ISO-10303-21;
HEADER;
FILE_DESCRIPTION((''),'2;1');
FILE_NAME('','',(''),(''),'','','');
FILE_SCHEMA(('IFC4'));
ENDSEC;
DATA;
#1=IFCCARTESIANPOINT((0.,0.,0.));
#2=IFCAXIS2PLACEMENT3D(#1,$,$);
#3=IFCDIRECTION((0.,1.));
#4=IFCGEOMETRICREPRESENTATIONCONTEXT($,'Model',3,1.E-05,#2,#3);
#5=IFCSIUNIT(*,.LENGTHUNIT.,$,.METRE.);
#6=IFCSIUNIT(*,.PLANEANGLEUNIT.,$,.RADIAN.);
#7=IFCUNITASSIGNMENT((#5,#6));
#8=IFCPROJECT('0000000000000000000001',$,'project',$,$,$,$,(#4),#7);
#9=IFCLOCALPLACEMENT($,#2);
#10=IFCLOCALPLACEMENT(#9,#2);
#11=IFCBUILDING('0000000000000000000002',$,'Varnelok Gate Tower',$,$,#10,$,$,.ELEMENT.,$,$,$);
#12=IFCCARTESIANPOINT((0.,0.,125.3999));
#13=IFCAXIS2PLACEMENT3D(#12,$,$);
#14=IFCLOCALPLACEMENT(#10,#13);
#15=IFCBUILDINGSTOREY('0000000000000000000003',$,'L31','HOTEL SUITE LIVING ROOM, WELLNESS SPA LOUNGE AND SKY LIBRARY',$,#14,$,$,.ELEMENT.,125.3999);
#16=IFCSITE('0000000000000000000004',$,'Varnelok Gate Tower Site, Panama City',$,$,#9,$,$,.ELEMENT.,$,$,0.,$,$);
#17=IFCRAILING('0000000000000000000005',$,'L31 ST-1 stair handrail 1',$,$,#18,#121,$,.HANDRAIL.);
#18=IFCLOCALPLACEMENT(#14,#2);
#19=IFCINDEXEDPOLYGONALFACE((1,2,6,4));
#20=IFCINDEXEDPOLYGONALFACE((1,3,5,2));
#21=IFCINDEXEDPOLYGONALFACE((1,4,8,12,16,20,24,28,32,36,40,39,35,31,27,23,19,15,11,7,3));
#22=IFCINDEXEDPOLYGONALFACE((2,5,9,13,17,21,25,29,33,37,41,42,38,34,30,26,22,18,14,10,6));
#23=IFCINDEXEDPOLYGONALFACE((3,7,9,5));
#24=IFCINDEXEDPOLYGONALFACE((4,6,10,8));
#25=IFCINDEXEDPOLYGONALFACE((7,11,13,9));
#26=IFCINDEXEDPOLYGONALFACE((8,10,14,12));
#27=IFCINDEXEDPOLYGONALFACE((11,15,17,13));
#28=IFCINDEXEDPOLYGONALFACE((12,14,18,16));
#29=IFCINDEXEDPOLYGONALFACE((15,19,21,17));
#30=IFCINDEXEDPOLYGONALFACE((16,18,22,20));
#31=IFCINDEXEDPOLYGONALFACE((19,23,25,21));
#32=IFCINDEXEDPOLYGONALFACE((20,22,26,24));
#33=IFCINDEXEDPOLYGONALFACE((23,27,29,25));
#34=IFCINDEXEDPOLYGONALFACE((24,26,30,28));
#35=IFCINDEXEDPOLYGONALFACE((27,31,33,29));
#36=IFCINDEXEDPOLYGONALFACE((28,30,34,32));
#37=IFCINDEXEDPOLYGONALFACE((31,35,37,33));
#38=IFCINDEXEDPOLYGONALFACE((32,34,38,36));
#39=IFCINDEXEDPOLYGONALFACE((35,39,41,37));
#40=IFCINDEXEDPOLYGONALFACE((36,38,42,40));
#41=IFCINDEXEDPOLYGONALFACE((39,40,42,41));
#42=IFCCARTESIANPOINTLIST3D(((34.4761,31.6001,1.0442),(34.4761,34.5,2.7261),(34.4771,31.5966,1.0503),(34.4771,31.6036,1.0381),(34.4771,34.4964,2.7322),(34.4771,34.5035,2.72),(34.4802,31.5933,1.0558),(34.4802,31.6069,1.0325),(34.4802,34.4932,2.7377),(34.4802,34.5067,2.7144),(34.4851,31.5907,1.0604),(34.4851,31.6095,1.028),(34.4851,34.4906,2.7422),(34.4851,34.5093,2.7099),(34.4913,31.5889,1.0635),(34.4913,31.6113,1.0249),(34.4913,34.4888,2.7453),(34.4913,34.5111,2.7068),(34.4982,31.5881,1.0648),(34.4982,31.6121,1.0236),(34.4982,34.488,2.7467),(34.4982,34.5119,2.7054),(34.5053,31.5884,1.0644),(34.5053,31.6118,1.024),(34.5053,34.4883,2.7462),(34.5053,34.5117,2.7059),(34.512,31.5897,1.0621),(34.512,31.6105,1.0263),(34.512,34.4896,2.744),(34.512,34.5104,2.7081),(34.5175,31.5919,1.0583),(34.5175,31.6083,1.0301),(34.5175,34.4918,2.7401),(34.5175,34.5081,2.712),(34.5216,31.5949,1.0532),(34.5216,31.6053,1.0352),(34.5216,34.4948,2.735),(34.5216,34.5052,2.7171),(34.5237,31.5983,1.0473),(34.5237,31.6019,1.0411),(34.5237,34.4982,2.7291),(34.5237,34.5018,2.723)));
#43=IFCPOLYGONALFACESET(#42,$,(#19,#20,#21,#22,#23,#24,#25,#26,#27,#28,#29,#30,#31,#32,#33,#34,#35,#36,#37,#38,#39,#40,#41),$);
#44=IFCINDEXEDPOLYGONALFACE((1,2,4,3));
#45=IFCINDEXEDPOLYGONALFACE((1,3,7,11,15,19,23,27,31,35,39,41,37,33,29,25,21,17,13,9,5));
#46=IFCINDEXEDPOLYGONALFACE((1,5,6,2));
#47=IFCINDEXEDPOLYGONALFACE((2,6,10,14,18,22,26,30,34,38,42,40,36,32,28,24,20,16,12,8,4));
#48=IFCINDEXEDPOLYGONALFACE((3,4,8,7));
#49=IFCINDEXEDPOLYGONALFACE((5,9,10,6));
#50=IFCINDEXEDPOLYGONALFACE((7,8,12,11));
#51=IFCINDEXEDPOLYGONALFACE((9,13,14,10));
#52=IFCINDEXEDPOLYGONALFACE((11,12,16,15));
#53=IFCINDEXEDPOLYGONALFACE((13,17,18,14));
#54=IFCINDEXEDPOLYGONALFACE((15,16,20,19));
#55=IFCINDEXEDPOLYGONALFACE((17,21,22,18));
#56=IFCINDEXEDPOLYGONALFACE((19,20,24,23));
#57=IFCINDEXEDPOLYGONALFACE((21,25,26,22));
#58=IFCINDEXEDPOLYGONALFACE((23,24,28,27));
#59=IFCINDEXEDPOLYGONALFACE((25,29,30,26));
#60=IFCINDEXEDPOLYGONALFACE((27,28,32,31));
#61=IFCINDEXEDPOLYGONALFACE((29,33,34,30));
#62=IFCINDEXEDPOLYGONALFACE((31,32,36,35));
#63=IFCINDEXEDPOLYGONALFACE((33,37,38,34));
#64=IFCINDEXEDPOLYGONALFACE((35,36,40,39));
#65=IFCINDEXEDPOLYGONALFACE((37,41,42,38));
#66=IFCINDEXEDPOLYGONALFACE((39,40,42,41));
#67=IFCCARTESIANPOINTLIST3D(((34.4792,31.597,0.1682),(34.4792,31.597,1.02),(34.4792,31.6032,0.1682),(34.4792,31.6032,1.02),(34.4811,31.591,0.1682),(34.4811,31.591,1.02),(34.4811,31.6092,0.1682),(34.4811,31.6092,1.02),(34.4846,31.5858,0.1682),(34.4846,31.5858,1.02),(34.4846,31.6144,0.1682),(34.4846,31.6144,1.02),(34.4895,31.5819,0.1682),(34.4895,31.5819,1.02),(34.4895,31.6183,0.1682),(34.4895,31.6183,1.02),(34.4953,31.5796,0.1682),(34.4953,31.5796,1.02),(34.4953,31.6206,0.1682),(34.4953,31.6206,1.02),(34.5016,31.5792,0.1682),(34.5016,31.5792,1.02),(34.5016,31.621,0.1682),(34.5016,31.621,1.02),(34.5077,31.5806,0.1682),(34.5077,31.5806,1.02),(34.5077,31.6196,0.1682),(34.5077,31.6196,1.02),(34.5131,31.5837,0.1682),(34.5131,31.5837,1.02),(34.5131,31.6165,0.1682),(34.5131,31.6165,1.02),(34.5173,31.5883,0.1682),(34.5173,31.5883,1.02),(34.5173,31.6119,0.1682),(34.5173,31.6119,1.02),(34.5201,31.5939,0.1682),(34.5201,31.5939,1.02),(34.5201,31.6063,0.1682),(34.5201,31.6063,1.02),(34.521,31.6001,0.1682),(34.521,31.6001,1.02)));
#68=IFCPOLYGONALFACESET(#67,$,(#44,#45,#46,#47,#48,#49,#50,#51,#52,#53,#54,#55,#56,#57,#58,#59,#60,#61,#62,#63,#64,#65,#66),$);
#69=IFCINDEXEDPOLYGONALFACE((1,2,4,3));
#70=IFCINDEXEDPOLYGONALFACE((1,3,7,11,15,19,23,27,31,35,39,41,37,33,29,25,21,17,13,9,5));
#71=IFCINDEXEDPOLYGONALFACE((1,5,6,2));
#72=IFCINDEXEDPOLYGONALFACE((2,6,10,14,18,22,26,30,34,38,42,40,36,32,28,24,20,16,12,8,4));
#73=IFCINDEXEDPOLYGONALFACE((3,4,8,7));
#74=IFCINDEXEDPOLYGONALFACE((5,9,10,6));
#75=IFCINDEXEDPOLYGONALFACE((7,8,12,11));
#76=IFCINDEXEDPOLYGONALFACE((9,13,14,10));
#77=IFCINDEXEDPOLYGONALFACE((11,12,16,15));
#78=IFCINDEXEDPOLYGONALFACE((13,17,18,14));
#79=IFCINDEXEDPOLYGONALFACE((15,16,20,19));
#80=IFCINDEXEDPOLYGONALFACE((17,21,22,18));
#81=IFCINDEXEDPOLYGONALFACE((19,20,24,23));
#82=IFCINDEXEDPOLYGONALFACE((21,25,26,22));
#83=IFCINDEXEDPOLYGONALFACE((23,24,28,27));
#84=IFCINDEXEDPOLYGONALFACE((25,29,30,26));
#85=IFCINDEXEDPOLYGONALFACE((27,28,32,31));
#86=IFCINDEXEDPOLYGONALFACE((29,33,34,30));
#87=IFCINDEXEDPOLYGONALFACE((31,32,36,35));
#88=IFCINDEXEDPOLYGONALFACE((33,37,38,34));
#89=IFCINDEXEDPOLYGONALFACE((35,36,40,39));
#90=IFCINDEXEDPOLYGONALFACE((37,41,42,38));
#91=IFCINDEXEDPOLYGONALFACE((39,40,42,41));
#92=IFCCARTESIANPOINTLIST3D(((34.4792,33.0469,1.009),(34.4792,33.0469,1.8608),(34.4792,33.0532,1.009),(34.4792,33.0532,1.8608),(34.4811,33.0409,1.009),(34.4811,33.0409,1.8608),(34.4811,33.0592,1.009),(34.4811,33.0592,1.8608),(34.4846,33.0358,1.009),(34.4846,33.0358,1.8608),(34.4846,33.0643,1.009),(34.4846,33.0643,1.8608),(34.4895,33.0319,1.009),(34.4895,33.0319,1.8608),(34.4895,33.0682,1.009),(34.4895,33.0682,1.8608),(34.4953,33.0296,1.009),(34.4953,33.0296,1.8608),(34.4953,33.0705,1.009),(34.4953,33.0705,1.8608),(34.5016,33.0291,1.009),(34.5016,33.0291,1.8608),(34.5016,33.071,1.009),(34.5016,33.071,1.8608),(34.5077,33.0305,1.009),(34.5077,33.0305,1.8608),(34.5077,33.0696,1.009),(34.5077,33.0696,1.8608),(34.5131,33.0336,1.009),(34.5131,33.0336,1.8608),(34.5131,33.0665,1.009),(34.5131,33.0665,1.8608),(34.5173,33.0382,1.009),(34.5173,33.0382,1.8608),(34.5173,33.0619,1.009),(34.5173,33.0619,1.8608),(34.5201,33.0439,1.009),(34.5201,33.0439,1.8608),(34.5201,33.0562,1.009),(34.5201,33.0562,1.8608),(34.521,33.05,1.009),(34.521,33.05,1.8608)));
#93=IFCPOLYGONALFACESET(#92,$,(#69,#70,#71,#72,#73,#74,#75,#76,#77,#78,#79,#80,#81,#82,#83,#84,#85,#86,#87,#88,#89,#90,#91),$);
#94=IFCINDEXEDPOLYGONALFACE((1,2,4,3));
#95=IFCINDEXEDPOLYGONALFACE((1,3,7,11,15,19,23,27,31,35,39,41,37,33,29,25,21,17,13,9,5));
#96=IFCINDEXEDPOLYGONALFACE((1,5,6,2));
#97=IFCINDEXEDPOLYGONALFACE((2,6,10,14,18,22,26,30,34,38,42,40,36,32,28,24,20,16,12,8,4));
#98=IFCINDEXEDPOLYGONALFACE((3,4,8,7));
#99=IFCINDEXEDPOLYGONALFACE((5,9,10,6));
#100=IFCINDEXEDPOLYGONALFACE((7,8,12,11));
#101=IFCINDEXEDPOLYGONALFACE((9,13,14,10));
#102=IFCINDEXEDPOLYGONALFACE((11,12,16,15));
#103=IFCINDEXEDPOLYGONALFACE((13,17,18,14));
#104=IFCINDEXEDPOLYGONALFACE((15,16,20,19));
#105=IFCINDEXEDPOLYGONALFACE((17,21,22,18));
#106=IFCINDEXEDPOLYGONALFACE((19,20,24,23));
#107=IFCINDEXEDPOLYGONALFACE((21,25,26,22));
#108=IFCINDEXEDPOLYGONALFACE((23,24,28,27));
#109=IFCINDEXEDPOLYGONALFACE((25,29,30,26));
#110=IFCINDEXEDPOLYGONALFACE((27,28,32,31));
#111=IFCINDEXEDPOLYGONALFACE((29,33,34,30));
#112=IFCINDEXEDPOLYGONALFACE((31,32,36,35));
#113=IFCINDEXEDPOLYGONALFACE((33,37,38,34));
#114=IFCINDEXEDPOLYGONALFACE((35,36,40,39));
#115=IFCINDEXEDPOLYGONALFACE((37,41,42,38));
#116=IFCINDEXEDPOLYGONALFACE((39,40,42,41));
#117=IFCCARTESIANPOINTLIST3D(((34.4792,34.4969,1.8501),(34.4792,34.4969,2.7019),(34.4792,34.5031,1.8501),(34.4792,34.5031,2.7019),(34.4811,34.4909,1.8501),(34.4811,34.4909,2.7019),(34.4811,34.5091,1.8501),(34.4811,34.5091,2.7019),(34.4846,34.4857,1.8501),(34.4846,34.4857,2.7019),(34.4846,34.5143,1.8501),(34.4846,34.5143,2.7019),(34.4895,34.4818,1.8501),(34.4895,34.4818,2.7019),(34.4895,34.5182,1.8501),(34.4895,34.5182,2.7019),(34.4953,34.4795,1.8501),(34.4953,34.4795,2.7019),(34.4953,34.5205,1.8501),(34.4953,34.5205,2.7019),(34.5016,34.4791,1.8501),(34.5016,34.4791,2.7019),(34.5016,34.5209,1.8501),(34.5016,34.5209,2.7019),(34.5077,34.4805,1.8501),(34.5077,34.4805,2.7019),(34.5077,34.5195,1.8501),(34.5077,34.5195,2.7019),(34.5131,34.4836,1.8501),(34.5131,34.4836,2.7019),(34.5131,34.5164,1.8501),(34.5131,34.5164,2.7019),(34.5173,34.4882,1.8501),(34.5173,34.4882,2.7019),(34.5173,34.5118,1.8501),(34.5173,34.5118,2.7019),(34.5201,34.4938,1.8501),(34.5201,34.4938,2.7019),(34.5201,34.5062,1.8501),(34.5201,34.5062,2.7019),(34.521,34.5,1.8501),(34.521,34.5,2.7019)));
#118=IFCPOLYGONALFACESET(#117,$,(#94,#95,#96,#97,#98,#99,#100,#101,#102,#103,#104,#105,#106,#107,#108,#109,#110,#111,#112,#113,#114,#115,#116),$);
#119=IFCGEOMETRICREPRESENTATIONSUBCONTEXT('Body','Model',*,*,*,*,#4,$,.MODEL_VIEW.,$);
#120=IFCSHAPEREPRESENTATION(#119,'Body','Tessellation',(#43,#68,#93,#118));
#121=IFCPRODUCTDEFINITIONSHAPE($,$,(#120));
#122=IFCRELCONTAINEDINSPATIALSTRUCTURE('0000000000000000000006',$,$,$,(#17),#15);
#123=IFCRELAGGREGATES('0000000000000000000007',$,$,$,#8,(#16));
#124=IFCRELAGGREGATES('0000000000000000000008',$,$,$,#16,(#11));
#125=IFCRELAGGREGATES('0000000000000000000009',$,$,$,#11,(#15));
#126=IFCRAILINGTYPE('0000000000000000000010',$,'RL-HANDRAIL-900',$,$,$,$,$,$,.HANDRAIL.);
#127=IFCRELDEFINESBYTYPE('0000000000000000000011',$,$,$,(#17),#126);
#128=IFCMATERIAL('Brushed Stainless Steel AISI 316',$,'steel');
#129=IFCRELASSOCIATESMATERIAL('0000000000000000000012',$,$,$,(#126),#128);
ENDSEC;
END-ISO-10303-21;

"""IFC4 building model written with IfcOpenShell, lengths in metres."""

from ifc_helpers import new_model, si_unit, direction, frame, origin, origin_2d, place, context, subcontext, project, spatial, circle, extrude, material, type_object, element, save


model = new_model("IFC4")

# Units and contexts
model_context = context("Model", 3, precision=1e-05, world=origin(), true_north=direction((0.0, 1.0)))
body_context = subcontext(model_context, "Body", "Model", "MODEL_VIEW")
ifc_project = project(units=[si_unit("LENGTHUNIT", "METRE"), si_unit("PLANEANGLEUNIT", "RADIAN")], contexts=[model_context])

# Site, building, storey
site_placement = place(None, origin())
site = spatial("IfcSite", under=ifc_project, at=site_placement, Name="Varnelok Gate Tower Site, Panama City", CompositionType="ELEMENT", RefElevation=0.0)
building_placement = place(site_placement, origin())
building = spatial("IfcBuilding", under=site, at=building_placement, Name="Varnelok Gate Tower", CompositionType="ELEMENT")
storey_placement = place(building_placement, frame((0.0, 0.0, 125.3999)))
storey = spatial("IfcBuildingStorey", under=building, at=storey_placement, Name="L31", Description="HOTEL SUITE LIVING ROOM, WELLNESS SPA LOUNGE AND SKY LIBRARY", CompositionType="ELEMENT", Elevation=125.3999)

# Railing
ifc_material_1 = material(Name="Brushed Stainless Steel AISI 316", Category="steel")
railing_type_1 = type_object("IfcRailingType", Name="RL-HANDRAIL-900", PredefinedType="HANDRAIL", material=ifc_material_1)
railing_1_placement = place(storey_placement, frame((34.5, 31.6001, 0.1682)))
element("IfcRailing", 1, at=railing_1_placement, inside=storey, type_object=railing_type_1, Name="L31 ST-1 stair handrail 1", PredefinedType="HANDRAIL", context=body_context, shape_type="SweptSolid", body=[
    extrude(circle(Radius=0.0239, at=origin_2d()), frame((0.0, 0.0, 0.876), z_axis=(0.0, 0.865039, 0.501705), x_axis=(-1.0, 0.0, 0.0)), (0.0, 0.0, 1.0), 3.3523),
    extrude(circle(Radius=0.021, at=origin_2d()), origin(), (0.0, 0.0, 1.0), 0.8518),
    extrude(circle(Radius=0.021, at=origin_2d()), frame((0.0, 1.45, 0.8408)), (0.0, 0.0, 1.0), 0.8518),
    extrude(circle(Radius=0.021, at=origin_2d()), frame((0.0, 2.8999, 1.6819)), (0.0, 0.0, 1.0), 0.8518),
])

save(model, "model.ifc")
